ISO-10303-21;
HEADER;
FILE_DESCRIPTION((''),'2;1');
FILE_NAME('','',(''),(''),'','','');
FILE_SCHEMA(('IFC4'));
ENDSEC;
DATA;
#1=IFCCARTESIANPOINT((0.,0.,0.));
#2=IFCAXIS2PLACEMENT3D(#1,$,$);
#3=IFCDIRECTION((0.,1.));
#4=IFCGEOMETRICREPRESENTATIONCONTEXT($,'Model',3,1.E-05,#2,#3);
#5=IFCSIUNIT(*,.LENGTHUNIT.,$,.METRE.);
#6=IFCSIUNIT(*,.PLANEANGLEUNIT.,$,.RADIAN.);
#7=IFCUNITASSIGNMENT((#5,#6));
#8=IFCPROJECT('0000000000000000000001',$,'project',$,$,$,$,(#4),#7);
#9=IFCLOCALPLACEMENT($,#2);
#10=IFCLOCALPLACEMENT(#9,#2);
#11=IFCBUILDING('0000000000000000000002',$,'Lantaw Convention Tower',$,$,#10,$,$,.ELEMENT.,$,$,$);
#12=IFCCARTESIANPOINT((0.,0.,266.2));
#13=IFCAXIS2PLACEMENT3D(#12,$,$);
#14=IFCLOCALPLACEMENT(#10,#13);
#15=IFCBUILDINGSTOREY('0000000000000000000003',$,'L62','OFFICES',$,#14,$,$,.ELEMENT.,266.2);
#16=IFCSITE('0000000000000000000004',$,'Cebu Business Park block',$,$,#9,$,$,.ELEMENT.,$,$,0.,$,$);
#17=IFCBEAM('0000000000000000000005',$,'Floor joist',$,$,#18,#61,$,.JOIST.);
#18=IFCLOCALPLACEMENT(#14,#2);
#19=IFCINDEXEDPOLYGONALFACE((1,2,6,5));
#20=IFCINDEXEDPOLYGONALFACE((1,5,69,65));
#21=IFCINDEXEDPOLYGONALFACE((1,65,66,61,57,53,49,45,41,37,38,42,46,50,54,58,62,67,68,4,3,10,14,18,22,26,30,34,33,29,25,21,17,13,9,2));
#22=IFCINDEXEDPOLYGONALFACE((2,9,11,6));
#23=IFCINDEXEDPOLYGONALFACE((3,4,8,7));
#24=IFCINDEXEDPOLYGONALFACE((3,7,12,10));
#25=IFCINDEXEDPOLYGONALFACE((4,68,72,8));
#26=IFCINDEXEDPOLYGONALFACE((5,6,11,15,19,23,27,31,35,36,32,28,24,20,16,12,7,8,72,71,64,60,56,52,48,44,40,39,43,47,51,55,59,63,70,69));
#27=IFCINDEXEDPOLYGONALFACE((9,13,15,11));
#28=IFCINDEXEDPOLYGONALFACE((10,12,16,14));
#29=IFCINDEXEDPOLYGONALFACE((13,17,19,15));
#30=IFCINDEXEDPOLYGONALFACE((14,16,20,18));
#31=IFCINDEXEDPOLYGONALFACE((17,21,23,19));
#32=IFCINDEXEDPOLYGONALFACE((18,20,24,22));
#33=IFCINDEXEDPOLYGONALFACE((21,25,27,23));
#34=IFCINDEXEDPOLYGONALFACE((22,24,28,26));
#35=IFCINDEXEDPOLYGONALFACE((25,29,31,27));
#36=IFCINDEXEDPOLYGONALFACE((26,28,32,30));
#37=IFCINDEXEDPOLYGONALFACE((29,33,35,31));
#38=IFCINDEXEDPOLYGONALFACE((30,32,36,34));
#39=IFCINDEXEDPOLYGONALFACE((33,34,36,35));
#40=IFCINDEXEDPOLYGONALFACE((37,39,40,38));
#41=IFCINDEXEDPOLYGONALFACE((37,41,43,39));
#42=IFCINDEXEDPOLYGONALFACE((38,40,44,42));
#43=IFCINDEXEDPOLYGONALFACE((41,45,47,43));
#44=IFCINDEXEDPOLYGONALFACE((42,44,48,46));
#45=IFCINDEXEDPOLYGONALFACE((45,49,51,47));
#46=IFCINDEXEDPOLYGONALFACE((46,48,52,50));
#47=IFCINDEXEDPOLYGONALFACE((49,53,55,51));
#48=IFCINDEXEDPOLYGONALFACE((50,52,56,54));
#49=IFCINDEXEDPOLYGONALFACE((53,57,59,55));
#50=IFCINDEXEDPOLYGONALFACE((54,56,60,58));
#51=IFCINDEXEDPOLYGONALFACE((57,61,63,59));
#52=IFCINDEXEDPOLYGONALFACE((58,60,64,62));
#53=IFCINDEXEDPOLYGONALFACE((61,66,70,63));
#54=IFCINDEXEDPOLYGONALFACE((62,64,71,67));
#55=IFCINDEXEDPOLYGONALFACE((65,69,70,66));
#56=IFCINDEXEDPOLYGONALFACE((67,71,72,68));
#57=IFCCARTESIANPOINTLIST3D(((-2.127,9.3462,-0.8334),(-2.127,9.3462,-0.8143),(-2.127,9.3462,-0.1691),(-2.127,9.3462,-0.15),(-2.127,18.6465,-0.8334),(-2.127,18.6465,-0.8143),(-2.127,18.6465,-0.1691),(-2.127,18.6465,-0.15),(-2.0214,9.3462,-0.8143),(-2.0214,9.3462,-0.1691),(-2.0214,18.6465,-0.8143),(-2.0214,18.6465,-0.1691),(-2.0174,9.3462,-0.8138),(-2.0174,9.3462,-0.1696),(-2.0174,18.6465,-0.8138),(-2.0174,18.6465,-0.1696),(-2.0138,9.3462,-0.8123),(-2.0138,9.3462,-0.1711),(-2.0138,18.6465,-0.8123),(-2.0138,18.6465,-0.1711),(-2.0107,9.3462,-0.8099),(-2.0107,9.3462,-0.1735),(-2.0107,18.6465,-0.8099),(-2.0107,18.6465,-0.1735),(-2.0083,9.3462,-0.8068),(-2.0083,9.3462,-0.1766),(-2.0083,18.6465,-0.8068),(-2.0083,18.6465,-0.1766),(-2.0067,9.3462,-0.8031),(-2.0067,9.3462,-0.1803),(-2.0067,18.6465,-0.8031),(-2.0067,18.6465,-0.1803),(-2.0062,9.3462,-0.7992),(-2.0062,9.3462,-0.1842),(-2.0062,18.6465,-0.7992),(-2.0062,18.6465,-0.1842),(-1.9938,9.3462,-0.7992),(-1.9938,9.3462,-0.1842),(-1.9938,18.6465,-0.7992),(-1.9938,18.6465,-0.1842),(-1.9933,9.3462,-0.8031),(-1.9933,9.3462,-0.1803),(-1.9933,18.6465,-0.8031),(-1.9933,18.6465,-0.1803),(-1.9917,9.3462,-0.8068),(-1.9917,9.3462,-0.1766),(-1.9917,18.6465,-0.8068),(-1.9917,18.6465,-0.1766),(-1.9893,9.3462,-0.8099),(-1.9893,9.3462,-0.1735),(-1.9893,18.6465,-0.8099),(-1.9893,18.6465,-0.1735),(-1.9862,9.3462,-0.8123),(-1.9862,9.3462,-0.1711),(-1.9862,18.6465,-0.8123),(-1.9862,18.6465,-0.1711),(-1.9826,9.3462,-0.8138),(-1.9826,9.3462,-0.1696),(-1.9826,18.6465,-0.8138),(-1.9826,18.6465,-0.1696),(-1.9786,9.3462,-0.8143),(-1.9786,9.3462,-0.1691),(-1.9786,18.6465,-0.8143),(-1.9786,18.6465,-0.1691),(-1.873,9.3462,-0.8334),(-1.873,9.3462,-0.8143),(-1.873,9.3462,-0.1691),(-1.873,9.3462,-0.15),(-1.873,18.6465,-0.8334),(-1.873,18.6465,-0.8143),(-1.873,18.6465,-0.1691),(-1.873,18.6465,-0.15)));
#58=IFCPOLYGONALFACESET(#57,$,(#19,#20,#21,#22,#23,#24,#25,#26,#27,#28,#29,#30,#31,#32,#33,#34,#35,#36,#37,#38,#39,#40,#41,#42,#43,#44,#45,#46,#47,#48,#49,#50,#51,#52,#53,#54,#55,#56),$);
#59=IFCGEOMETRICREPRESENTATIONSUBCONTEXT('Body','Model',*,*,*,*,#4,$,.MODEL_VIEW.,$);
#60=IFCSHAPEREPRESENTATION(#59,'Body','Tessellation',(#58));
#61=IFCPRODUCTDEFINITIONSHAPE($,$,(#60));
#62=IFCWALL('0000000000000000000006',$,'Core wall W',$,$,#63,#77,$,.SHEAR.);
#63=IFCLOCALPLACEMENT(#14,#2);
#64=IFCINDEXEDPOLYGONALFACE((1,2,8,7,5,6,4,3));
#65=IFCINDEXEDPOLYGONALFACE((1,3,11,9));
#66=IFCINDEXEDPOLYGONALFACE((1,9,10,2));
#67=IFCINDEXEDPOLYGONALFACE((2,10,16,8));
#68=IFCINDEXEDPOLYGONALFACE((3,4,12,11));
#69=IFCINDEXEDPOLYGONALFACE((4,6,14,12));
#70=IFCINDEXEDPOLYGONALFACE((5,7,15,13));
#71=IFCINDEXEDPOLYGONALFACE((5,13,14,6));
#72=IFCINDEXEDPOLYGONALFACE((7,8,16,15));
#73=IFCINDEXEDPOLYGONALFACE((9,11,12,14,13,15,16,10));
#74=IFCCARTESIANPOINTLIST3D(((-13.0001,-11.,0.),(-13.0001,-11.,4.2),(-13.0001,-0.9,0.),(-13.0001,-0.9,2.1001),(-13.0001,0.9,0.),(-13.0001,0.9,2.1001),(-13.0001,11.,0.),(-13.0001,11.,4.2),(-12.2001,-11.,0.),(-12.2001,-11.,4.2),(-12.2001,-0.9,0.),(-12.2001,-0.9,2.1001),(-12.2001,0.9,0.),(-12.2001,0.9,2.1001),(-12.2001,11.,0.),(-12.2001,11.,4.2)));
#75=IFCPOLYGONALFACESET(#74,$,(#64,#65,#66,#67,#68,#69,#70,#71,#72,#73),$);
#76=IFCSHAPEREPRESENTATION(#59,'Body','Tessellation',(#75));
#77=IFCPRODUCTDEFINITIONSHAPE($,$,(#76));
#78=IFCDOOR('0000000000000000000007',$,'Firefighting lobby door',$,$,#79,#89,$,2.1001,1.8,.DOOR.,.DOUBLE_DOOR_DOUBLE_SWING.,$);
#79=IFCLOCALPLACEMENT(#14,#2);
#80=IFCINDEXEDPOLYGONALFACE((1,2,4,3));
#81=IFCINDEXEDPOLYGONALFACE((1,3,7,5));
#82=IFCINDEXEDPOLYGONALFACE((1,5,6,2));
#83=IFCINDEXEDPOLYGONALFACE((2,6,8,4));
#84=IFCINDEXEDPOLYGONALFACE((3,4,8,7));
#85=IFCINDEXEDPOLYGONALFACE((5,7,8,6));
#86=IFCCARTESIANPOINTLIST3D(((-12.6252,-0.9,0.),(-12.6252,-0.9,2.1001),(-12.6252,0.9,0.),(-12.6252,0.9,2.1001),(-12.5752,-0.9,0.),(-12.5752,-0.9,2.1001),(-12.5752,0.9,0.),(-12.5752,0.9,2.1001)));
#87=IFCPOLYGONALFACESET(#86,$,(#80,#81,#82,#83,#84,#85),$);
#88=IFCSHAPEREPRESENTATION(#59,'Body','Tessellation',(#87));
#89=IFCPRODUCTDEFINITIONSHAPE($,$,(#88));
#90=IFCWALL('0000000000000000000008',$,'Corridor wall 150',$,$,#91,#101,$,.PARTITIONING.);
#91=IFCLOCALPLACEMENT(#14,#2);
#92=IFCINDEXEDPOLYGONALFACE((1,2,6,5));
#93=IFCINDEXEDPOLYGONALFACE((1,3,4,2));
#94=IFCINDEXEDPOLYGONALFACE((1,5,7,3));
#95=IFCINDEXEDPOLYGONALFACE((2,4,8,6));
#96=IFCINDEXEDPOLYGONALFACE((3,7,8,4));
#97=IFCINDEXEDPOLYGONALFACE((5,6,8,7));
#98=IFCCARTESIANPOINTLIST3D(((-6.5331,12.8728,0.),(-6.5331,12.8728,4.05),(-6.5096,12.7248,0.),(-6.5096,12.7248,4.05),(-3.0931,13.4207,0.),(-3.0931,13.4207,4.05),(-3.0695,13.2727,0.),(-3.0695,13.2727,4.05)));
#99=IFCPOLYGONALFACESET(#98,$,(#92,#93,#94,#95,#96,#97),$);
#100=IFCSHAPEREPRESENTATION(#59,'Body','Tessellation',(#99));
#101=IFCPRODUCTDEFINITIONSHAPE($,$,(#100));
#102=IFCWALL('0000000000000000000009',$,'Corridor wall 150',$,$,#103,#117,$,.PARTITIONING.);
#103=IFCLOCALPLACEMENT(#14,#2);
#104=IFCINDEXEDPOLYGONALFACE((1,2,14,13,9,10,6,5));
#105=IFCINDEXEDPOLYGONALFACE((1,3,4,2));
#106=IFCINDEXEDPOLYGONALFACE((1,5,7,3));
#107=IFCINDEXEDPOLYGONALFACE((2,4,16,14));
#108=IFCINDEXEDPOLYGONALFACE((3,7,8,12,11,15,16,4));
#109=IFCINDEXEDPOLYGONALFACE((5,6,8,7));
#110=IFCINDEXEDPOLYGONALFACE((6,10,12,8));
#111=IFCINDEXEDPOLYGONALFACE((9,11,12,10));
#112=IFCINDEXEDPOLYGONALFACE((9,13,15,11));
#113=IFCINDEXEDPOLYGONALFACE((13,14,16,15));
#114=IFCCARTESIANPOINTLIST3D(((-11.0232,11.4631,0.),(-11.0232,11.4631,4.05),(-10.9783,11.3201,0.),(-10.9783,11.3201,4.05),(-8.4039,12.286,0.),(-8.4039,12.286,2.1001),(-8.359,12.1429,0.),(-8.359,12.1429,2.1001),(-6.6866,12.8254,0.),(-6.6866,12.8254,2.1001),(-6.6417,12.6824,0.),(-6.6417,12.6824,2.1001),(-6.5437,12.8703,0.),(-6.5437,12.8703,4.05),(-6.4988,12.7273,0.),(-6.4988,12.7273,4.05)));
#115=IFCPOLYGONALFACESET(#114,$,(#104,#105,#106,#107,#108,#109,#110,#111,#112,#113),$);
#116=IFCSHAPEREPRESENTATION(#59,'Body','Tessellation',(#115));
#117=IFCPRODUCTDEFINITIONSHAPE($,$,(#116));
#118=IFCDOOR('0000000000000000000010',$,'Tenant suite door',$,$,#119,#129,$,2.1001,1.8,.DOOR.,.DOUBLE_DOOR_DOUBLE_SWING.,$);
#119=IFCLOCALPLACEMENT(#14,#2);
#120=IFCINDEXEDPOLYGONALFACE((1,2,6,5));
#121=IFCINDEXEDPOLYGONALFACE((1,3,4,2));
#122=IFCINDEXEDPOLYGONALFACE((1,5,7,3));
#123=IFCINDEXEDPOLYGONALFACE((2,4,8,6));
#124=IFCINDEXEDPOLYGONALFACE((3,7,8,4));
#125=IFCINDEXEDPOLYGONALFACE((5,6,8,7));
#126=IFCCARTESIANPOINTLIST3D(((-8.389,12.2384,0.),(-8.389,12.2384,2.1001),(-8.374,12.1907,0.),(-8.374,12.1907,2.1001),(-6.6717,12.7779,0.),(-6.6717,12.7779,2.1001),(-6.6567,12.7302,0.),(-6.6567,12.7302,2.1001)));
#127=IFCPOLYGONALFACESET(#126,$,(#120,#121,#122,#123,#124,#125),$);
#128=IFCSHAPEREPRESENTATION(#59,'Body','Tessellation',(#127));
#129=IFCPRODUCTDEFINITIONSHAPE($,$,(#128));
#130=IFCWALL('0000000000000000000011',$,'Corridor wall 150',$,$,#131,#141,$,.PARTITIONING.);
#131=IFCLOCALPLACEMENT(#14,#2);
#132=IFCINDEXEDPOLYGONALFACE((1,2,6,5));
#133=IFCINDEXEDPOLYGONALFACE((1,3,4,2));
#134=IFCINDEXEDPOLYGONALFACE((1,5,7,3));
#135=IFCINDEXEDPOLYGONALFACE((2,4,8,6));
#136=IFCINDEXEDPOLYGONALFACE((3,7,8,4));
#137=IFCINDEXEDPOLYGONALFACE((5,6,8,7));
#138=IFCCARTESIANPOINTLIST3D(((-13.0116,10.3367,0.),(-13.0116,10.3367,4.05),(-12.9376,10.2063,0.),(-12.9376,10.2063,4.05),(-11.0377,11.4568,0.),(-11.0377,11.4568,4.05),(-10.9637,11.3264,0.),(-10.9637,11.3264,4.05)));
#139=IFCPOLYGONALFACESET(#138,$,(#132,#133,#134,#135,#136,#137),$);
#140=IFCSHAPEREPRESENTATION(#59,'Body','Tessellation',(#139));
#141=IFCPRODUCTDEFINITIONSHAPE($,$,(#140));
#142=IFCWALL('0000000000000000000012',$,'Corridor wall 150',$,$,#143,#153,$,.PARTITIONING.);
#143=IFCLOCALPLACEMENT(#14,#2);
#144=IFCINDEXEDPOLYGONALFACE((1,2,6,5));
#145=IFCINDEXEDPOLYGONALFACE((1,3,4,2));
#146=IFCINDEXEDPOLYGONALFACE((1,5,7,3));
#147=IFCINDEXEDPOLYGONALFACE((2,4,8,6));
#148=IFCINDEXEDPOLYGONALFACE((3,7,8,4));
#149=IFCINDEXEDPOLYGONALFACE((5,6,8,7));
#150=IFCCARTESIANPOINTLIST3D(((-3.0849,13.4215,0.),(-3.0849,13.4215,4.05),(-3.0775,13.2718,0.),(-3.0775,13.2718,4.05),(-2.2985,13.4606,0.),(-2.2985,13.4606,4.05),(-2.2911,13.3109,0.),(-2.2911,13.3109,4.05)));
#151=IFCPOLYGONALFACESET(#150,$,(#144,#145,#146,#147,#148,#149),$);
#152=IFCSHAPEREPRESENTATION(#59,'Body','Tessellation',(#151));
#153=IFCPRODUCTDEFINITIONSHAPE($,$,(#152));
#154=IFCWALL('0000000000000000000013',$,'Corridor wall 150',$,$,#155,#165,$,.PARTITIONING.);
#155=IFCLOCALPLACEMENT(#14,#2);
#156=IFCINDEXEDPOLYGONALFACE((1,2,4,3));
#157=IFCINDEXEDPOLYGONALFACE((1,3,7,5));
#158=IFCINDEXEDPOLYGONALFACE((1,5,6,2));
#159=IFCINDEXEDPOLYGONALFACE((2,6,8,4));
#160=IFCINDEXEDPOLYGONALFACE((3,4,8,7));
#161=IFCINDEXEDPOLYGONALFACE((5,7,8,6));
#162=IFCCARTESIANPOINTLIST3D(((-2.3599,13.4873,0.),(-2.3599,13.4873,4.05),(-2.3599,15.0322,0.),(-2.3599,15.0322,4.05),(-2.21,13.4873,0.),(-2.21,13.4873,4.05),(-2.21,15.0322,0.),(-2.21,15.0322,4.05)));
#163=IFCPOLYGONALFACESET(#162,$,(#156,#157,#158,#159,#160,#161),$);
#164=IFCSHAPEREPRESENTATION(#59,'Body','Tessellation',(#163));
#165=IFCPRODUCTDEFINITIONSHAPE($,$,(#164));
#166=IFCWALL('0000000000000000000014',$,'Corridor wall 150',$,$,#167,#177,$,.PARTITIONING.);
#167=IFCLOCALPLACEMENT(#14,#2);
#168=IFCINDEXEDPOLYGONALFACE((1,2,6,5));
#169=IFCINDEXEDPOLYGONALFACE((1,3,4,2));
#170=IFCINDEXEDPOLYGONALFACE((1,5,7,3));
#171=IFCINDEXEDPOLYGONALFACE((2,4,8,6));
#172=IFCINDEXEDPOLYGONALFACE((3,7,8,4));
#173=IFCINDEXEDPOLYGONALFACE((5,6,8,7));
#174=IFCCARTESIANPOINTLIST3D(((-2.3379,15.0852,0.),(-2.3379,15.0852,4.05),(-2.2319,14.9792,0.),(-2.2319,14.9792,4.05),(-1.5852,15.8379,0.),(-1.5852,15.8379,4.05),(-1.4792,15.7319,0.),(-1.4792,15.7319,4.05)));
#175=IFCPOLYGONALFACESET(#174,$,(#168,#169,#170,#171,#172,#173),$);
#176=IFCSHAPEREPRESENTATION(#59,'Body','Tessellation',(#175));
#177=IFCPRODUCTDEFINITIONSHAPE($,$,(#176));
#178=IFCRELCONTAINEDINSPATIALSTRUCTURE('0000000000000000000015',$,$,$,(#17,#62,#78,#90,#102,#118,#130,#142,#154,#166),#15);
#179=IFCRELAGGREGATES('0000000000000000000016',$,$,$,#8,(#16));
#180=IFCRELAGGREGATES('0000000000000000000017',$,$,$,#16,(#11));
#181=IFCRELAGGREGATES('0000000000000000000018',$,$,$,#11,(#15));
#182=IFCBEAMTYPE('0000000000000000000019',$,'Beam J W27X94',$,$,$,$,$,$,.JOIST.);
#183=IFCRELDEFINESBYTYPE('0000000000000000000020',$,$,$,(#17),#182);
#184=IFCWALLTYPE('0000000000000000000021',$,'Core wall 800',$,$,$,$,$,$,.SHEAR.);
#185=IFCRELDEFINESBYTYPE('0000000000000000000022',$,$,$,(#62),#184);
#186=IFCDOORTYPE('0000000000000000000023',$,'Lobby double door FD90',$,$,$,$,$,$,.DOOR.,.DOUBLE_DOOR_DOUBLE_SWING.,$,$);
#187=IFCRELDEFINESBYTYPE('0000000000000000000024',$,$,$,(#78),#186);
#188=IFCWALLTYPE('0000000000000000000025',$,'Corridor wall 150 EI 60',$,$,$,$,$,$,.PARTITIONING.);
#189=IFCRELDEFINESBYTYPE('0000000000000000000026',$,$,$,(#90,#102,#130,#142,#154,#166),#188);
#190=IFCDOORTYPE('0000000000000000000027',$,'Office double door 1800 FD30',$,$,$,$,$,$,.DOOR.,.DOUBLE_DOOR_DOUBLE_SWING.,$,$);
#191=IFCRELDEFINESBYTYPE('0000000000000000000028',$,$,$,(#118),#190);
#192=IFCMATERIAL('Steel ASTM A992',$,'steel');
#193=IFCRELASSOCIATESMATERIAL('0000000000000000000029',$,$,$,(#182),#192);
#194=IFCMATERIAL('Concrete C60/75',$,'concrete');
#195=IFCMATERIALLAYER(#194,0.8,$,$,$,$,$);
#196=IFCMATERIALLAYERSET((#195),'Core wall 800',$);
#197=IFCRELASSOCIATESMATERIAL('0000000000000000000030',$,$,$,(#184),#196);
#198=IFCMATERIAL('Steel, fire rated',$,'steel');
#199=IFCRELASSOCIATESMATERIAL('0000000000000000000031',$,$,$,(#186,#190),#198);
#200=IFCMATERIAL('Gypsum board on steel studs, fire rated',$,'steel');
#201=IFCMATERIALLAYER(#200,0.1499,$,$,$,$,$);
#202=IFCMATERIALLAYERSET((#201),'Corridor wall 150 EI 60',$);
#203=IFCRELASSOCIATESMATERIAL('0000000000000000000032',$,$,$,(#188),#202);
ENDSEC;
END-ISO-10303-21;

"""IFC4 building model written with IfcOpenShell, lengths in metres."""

from ifc_helpers import new_model, si_unit, direction, frame, frame_2d, origin, origin_2d, place, context, subcontext, project, spatial, rectangle, i_section, extrude, material, layer, layer_set, material_profile, profile_set, type_object, element, fill, save


model = new_model("IFC4")

# Units and contexts
model_context = context("Model", 3, precision=1e-05, world=origin(), true_north=direction((0.0, 1.0)))
body_context = subcontext(model_context, "Body", "Model", "MODEL_VIEW")
ifc_project = project(units=[si_unit("LENGTHUNIT", "METRE"), si_unit("PLANEANGLEUNIT", "RADIAN")], contexts=[model_context])

# Site, building, storey
site_placement = place(None, origin())
site = spatial("IfcSite", under=ifc_project, at=site_placement, Name="Cebu Business Park block", CompositionType="ELEMENT", RefElevation=0.0)
building_placement = place(site_placement, origin())
building = spatial("IfcBuilding", under=site, at=building_placement, Name="Lantaw Convention Tower", CompositionType="ELEMENT")
storey_placement = place(building_placement, frame((0.0, 0.0, 266.2)))
storey = spatial("IfcBuildingStorey", under=building, at=storey_placement, Name="L62", Description="OFFICES", CompositionType="ELEMENT", Elevation=266.2)

# Shared definitions
ifc_material_1 = material(Name="Concrete C60/75", Category="concrete")

# Beam
ifc_material_2 = material(Name="Steel ASTM A992", Category="steel")
ifc_material_profile_1 = material_profile(ifc_material_2, i_section(OverallWidth=0.2539, OverallDepth=0.6833, WebThickness=0.0125, FlangeThickness=0.019, FilletRadius=0.0151, at=origin_2d()), Name="W27X94")
ifc_profile_set_1 = profile_set([ifc_material_profile_1], Name="Steel ASTM A992")
beam_type_1 = type_object("IfcBeamType", Name="Beam J W27X94", PredefinedType="JOIST", material=ifc_profile_set_1)
beam_1_placement = place(storey_placement, frame((-2.0, 9.3462, -0.4917), z_axis=(0.0, 1.0, 0.0), x_axis=(-1.0, 0.0, 0.0)))
element("IfcBeam", 1, at=beam_1_placement, inside=storey, type_object=beam_type_1, Name="Floor joist", PredefinedType="JOIST", context=body_context, shape_type="SweptSolid", body=[
    extrude(i_section(OverallWidth=0.2539, OverallDepth=0.6833, WebThickness=0.0125, FlangeThickness=0.019, FilletRadius=0.0151, at=origin_2d()), origin(), (0.0, 0.0, 1.0), 9.3003),
])

# Wall, opening, door
ifc_layer_1 = layer(ifc_material_1, 0.8)
ifc_layer_set_1 = layer_set([ifc_layer_1], Name="Core wall 800")
wall_type_1 = type_object("IfcWallType", Name="Core wall 800", PredefinedType="SHEAR", material=ifc_layer_set_1)
wall_1_placement = place(storey_placement, frame((-12.6001, 11.0, 0.0), z_axis=(0.0, 0.0, 1.0), x_axis=(0.0, -1.0, 0.0)))
wall_1 = element("IfcWall", 2, at=wall_1_placement, inside=storey, type_object=wall_type_1, Name="Core wall W", PredefinedType="SHEAR", context=body_context, shape_type="SweptSolid", body=[
    extrude(rectangle(XDim=22.0, YDim=0.8, at=frame_2d((11.0, 0.0))), origin(), (0.0, 0.0, 1.0), 4.2),
])
opening_1_placement = place(wall_1_placement, frame((10.1001, 0.0, 0.0)))
opening_1 = element("IfcOpeningElement", 3, at=opening_1_placement, cuts=wall_1, PredefinedType="OPENING", context=body_context, shape_type="SweptSolid", body=[
    extrude(rectangle(XDim=1.8, YDim=2.1001, at=frame_2d((0.8999, 1.05))), frame((0.0, 0.4099, 0.0), z_axis=(0.0, -1.0, 0.0), x_axis=(1.0, 0.0, 0.0)), (0.0, 0.0, 1.0), 0.8201),
])
ifc_material_3 = material(Name="Steel, fire rated", Category="steel")
door_type_1 = type_object("IfcDoorType", Name="Lobby double door FD90", OperationType="DOUBLE_DOOR_DOUBLE_SWING", PredefinedType="DOOR", material=ifc_material_3)
door_1_placement = place(opening_1_placement, origin())
door_1 = element("IfcDoor", 4, at=door_1_placement, inside=storey, type_object=door_type_1, Name="Firefighting lobby door", OperationType="DOUBLE_DOOR_DOUBLE_SWING", OverallHeight=2.1001, OverallWidth=1.8, PredefinedType="DOOR", context=body_context, shape_type="SweptSolid", body=[
    extrude(rectangle(XDim=1.8, YDim=2.1001, at=frame_2d((0.8999, 1.05))), frame((0.0, 0.0249, 0.0), z_axis=(0.0, -1.0, 0.0), x_axis=(1.0, 0.0, 0.0)), (0.0, 0.0, 1.0), 0.05),
])
fill(opening_1, door_1)

# Wall
ifc_material_4 = material(Name="Gypsum board on steel studs, fire rated", Category="steel")
ifc_layer_2 = layer(ifc_material_4, 0.1499)
ifc_layer_set_2 = layer_set([ifc_layer_2], Name="Corridor wall 150 EI 60")
wall_type_2 = type_object("IfcWallType", Name="Corridor wall 150 EI 60", PredefinedType="PARTITIONING", material=ifc_layer_set_2)
wall_2_placement = place(storey_placement, frame((-3.0813, 13.3467, 0.0), z_axis=(0.0, 0.0, 1.0), x_axis=(-0.987554, -0.15728, 0.0)))
element("IfcWall", 5, at=wall_2_placement, inside=storey, type_object=wall_type_2, Name="Corridor wall 150", PredefinedType="PARTITIONING", context=body_context, shape_type="SweptSolid", body=[
    extrude(rectangle(XDim=3.4834, YDim=0.1499, at=frame_2d((1.7417, 0.0))), origin(), (0.0, 0.0, 1.0), 4.05),
])

# Wall, opening, door
wall_3_placement = place(storey_placement, frame((-6.5212, 12.7988, 0.0), z_axis=(0.0, 0.0, 1.0), x_axis=(-0.954031, -0.299708, 0.0)))
wall_3 = element("IfcWall", 6, at=wall_3_placement, inside=storey, type_object=wall_type_2, Name="Corridor wall 150", PredefinedType="PARTITIONING", context=body_context, shape_type="SweptSolid", body=[
    extrude(rectangle(XDim=4.6953, YDim=0.1499, at=frame_2d((2.3477, 0.0))), origin(), (0.0, 0.0, 1.0), 4.05),
])
opening_2_placement = place(wall_3_placement, frame((0.1499, 0.0, 0.0)))
opening_2 = element("IfcOpeningElement", 7, at=opening_2_placement, cuts=wall_3, PredefinedType="OPENING", context=body_context, shape_type="SweptSolid", body=[
    extrude(rectangle(XDim=1.8, YDim=2.1001, at=frame_2d((0.8999, 1.05))), frame((0.0, 0.085, 0.0), z_axis=(0.0, -1.0, 0.0), x_axis=(1.0, 0.0, 0.0)), (0.0, 0.0, 1.0), 0.1699),
])
door_type_2 = type_object("IfcDoorType", Name="Office double door 1800 FD30", OperationType="DOUBLE_DOOR_DOUBLE_SWING", PredefinedType="DOOR", material=ifc_material_3)
door_2_placement = place(opening_2_placement, origin())
door_2 = element("IfcDoor", 8, at=door_2_placement, inside=storey, type_object=door_type_2, Name="Tenant suite door", OperationType="DOUBLE_DOOR_DOUBLE_SWING", OverallHeight=2.1001, OverallWidth=1.8, PredefinedType="DOOR", context=body_context, shape_type="SweptSolid", body=[
    extrude(rectangle(XDim=1.8, YDim=2.1001, at=frame_2d((0.8999, 1.05))), frame((0.0, 0.0249, 0.0), z_axis=(0.0, -1.0, 0.0), x_axis=(1.0, 0.0, 0.0)), (0.0, 0.0, 1.0), 0.05),
])
fill(opening_2, door_2)

# Walls
wall_4_placement = place(storey_placement, frame((-11.0007, 11.3916, 0.0), z_axis=(0.0, 0.0, 1.0), x_axis=(-0.869722, -0.493542, 0.0)))
element("IfcWall", 9, at=wall_4_placement, inside=storey, type_object=wall_type_2, Name="Corridor wall 150", PredefinedType="PARTITIONING", context=body_context, shape_type="SweptSolid", body=[
    extrude(rectangle(XDim=2.2695, YDim=0.1499, at=frame_2d((1.1348, 0.0))), origin(), (0.0, 0.0, 1.0), 4.05),
])
wall_5_placement = place(storey_placement, frame((-2.2949, 13.3857, 0.0), z_axis=(0.0, 0.0, 1.0), x_axis=(-0.998769, -0.049613, 0.0)))
element("IfcWall", 10, at=wall_5_placement, inside=storey, type_object=wall_type_2, Name="Corridor wall 150", PredefinedType="PARTITIONING", context=body_context, shape_type="SweptSolid", body=[
    extrude(rectangle(XDim=0.7874, YDim=0.1499, at=frame_2d((0.3936, 0.0))), origin(), (0.0, 0.0, 1.0), 4.05),
])
wall_6_placement = place(storey_placement, frame((-2.2849, 13.4873, 0.0), z_axis=(0.0, 0.0, 1.0), x_axis=(0.0, 1.0, 0.0)))
element("IfcWall", 11, at=wall_6_placement, inside=storey, type_object=wall_type_2, Name="Corridor wall 150", PredefinedType="PARTITIONING", context=body_context, shape_type="SweptSolid", body=[
    extrude(rectangle(XDim=1.5449, YDim=0.1499, at=frame_2d((0.7725, 0.0))), origin(), (0.0, 0.0, 1.0), 4.05),
])
wall_7_placement = place(storey_placement, frame((-2.2849, 15.0322, 0.0), z_axis=(0.0, 0.0, 1.0), x_axis=(0.707107, 0.707107, 0.0)))
element("IfcWall", 12, at=wall_7_placement, inside=storey, type_object=wall_type_2, Name="Corridor wall 150", PredefinedType="PARTITIONING", context=body_context, shape_type="SweptSolid", body=[
    extrude(rectangle(XDim=1.0645, YDim=0.1499, at=frame_2d((0.5322, 0.0))), origin(), (0.0, 0.0, 1.0), 4.05),
])

save(model, "model.ifc")
